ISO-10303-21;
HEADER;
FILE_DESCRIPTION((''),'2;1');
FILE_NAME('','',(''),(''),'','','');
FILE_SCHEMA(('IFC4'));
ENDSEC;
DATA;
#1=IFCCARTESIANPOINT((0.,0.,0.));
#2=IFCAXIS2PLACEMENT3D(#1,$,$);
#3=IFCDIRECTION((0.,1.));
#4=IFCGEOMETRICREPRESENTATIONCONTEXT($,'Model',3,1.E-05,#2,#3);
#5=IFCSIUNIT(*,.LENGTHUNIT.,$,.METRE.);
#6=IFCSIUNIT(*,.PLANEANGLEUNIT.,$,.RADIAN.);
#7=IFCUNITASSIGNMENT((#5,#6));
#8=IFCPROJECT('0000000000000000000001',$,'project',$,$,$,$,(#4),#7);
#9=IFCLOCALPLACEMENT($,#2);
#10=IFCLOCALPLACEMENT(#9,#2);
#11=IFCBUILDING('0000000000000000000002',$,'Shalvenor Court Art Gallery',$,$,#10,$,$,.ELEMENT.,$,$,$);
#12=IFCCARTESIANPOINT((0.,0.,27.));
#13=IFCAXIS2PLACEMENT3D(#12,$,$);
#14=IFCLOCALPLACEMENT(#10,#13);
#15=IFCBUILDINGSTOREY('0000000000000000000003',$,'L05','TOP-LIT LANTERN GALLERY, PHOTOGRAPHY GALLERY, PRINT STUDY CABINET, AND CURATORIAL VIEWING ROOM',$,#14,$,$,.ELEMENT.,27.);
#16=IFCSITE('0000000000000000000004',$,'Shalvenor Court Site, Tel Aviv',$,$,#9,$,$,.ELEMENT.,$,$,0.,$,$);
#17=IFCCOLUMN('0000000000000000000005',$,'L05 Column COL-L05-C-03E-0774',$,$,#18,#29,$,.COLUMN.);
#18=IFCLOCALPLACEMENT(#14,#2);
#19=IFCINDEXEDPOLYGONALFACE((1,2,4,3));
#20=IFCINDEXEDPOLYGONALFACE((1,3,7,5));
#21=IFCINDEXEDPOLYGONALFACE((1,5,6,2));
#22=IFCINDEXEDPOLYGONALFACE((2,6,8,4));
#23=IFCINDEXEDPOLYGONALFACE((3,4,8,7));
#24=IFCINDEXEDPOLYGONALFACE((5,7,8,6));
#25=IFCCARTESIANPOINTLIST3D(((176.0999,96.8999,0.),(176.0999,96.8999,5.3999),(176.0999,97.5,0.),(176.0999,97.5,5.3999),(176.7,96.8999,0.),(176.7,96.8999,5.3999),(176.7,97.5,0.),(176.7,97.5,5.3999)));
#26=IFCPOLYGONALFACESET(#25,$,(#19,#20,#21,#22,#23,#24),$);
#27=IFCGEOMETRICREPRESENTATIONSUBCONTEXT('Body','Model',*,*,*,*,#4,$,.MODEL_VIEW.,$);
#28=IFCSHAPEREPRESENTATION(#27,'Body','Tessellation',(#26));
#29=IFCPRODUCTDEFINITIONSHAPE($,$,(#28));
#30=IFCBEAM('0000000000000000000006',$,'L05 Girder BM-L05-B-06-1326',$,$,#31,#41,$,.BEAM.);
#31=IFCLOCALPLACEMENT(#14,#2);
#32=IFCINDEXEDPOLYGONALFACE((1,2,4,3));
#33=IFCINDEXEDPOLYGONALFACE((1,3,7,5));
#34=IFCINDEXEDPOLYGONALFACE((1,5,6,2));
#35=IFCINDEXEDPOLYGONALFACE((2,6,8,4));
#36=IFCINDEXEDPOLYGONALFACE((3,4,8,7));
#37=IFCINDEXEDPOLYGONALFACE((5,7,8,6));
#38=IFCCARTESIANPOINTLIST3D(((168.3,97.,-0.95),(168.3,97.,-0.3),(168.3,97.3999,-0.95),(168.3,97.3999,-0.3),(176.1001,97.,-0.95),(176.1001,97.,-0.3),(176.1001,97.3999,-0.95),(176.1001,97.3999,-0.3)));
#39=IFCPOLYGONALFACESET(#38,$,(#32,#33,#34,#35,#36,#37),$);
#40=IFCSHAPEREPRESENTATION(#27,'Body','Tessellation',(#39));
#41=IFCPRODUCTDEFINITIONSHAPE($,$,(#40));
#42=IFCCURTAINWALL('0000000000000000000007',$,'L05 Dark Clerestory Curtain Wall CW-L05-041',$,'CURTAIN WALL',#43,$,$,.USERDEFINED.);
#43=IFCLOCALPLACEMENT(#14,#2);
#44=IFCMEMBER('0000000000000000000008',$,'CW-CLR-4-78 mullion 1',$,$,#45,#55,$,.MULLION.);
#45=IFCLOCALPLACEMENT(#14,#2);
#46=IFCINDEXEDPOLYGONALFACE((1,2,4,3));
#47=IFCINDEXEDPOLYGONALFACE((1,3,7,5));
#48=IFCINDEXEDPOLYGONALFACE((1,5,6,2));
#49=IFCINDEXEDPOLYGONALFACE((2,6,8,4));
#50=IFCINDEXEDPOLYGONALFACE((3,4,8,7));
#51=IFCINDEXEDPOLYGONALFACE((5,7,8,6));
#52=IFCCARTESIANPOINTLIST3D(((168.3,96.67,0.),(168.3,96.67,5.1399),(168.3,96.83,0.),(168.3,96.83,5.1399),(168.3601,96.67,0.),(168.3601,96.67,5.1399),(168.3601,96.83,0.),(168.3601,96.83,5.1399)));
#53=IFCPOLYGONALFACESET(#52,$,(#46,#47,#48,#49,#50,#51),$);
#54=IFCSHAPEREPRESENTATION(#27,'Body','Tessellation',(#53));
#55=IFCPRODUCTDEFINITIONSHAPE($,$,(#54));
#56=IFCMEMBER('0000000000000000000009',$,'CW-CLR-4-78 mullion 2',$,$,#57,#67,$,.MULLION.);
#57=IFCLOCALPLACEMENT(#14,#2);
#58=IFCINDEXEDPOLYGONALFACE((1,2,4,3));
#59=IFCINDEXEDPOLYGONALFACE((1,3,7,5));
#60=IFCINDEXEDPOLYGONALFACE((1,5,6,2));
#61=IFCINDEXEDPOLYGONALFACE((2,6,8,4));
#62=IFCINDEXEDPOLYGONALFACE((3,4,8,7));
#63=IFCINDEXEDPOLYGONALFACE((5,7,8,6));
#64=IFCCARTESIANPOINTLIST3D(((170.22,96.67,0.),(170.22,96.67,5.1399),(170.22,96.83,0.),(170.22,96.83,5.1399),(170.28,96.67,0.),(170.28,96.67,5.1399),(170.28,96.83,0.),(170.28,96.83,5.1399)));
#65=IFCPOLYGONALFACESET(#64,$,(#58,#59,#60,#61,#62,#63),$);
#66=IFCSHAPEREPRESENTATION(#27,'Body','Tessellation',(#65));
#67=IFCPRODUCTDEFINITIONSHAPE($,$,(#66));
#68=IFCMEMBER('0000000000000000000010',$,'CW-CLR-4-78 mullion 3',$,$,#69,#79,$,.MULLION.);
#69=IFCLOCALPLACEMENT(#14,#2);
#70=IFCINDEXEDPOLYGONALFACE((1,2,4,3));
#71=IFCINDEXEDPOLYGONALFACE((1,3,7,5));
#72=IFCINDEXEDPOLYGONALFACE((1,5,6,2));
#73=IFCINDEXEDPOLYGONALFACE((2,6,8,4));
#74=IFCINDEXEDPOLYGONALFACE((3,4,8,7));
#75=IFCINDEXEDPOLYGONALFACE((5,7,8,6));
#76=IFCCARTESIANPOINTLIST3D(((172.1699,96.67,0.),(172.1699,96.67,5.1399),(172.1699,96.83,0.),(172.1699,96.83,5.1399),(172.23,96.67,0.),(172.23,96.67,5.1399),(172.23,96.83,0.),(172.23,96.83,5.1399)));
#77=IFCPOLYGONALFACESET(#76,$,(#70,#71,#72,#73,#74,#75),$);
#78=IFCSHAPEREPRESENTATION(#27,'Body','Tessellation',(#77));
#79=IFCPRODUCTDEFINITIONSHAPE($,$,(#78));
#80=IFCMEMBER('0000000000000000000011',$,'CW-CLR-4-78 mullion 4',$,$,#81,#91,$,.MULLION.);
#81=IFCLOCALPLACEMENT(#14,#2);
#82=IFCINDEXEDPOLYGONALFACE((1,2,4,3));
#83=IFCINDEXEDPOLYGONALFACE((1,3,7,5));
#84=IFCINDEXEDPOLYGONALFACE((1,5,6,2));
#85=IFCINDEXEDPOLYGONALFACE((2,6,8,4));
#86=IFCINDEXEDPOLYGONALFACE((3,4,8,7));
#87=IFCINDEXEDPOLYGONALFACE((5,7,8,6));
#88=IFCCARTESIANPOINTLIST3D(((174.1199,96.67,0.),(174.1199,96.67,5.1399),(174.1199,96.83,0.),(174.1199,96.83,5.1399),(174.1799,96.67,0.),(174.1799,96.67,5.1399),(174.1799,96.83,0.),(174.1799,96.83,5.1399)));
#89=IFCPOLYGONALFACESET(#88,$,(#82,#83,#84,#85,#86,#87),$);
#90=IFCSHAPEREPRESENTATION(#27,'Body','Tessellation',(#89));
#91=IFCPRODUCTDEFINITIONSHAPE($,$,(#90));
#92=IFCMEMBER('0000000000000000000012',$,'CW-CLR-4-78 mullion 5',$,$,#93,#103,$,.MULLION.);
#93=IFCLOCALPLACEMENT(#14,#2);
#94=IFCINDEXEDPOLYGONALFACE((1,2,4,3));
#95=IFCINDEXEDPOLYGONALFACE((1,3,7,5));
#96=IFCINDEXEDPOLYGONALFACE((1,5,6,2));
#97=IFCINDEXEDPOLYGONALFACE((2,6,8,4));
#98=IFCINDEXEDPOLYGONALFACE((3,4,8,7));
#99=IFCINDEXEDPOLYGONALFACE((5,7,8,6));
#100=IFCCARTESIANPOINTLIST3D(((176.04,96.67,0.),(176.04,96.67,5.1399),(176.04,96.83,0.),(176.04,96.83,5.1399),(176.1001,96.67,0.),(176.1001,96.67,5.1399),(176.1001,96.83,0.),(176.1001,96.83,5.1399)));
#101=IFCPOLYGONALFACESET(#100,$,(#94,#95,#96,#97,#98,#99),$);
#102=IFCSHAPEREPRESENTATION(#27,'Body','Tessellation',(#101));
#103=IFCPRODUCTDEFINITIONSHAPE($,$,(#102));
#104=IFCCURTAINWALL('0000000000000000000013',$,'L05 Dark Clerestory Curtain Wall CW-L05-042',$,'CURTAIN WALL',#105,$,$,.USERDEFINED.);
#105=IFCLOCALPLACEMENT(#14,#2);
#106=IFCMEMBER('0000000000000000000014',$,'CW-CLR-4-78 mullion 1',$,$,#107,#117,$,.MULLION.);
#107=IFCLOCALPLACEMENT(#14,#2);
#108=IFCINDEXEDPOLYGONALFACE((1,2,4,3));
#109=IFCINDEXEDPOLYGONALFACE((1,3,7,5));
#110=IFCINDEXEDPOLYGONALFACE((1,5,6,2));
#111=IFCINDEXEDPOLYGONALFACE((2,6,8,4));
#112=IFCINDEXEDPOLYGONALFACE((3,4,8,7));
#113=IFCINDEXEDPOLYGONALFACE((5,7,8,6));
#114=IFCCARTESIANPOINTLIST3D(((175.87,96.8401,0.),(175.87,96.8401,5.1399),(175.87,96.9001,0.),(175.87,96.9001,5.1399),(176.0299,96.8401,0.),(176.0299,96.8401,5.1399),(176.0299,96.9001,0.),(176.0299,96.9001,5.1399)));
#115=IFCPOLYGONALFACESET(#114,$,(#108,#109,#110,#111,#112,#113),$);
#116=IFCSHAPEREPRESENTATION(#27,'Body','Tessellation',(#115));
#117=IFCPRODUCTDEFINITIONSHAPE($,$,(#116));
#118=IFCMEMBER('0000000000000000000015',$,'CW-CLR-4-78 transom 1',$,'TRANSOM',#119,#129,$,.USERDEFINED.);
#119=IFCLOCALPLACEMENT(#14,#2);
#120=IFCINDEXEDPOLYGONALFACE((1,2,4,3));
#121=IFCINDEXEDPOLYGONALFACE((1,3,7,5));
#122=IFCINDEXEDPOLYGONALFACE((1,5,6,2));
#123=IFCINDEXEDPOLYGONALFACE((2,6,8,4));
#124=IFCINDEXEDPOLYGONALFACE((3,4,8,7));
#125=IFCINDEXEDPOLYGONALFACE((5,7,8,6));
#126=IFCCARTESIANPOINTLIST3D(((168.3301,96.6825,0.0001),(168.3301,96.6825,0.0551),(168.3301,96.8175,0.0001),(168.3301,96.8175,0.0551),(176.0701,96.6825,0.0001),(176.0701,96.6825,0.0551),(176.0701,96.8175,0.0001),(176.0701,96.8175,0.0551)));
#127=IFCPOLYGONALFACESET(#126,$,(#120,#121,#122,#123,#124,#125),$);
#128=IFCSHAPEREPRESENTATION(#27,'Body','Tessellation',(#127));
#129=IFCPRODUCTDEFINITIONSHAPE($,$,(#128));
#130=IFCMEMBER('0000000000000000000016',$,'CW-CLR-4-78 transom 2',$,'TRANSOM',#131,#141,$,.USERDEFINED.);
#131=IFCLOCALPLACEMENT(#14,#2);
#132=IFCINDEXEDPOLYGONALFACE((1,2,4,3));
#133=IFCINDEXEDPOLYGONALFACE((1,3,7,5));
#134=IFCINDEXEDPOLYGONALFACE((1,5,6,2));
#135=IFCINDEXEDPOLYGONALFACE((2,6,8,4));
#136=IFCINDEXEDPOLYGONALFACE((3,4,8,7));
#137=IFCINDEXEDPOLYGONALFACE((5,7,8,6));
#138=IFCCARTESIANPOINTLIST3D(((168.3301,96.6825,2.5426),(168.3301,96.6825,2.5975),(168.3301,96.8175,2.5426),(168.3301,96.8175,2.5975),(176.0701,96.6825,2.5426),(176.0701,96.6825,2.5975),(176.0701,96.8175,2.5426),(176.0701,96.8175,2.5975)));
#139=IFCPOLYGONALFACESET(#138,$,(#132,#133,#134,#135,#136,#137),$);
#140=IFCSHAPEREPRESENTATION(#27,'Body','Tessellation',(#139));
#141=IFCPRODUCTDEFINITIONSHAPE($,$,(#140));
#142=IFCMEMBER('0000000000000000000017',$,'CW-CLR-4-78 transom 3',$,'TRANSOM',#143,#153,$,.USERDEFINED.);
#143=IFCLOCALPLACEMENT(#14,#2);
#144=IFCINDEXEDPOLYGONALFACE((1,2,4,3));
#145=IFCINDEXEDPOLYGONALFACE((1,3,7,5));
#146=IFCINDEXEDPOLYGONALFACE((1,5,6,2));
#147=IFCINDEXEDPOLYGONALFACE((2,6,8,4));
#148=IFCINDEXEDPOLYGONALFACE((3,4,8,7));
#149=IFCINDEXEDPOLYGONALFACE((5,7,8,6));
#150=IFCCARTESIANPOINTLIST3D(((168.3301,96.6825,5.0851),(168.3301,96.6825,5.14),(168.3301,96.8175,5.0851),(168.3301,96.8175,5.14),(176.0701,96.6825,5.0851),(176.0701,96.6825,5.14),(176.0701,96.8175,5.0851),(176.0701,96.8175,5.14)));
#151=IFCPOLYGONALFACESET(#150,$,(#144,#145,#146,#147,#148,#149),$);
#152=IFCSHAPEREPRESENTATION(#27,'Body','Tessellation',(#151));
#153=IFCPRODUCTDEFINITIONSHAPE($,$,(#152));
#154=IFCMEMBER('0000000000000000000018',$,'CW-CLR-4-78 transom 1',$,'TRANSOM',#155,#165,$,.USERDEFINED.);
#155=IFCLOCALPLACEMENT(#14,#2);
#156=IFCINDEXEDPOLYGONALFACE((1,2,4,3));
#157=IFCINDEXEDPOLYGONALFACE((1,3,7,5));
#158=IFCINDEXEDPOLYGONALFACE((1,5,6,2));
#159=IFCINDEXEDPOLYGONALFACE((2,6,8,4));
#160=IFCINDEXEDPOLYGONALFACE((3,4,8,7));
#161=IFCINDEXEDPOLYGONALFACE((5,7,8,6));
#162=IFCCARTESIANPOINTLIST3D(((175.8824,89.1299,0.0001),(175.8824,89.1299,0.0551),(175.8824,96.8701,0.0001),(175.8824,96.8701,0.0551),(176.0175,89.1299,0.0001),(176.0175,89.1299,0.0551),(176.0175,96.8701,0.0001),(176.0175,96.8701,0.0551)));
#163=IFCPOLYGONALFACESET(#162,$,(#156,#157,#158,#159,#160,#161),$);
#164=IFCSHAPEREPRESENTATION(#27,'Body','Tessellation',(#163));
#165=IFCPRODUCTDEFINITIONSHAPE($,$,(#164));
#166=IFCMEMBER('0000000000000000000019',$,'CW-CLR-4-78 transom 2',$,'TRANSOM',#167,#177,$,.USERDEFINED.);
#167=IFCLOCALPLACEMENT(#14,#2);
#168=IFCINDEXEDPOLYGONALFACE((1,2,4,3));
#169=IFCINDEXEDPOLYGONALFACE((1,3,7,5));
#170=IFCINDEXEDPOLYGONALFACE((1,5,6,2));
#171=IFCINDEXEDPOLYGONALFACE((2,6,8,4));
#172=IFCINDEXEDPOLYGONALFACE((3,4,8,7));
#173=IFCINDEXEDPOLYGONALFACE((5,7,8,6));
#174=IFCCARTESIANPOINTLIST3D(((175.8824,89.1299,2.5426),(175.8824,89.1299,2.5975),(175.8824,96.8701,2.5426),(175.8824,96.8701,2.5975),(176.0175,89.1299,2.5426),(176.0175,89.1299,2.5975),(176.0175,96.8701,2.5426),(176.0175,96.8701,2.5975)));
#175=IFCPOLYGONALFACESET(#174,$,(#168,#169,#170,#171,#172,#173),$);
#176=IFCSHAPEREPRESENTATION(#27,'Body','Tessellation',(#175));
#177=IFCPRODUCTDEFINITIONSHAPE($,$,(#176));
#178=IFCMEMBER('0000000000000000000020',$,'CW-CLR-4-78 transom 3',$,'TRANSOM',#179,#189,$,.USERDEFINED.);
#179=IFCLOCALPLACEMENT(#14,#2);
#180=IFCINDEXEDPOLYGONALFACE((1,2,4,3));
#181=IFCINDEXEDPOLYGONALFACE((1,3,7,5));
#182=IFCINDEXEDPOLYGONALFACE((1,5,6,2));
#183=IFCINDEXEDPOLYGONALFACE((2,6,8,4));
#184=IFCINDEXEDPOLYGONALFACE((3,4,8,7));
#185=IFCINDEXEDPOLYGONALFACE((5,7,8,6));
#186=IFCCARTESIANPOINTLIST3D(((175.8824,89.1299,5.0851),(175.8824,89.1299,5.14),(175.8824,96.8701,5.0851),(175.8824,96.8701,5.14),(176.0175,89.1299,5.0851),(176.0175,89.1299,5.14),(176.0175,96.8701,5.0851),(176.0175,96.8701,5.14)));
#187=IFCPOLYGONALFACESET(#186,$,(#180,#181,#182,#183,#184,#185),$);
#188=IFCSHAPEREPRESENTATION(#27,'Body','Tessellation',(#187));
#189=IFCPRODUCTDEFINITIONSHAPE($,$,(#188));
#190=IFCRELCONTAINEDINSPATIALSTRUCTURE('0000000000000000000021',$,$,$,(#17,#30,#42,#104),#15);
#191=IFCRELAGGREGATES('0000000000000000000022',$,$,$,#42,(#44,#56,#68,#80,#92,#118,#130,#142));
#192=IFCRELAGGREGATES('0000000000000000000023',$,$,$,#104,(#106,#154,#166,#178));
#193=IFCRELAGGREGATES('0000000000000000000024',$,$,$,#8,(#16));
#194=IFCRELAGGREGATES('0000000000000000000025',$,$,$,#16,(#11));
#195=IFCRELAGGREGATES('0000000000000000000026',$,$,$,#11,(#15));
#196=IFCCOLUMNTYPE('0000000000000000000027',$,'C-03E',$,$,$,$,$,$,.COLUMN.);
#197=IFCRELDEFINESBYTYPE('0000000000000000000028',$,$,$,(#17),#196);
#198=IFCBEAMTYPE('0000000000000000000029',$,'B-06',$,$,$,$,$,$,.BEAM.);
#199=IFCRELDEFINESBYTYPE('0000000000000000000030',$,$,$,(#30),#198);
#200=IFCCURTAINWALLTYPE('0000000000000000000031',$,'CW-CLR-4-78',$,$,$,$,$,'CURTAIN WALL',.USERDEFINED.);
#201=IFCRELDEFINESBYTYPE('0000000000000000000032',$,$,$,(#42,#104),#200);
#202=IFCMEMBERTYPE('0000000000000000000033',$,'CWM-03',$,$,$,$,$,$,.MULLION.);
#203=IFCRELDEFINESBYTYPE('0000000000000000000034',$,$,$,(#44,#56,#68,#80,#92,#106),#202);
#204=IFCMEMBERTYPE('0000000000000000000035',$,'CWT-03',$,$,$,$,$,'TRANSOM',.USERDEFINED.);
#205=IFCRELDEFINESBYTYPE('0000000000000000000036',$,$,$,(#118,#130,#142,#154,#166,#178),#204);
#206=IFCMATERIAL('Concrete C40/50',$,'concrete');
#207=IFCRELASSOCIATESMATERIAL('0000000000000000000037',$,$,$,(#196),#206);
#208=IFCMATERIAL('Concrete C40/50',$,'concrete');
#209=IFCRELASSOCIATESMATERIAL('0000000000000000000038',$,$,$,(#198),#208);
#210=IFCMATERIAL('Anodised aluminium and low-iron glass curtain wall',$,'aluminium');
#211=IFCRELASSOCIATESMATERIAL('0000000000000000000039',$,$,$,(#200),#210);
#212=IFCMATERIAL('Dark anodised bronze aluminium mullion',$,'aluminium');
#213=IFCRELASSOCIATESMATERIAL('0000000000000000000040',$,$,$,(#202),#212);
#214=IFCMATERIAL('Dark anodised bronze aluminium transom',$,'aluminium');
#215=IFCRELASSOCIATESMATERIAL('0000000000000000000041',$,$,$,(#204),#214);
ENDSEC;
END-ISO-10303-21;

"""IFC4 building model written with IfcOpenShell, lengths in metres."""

from ifc_helpers import new_model, si_unit, direction, frame, origin, origin_2d, place, context, subcontext, project, spatial, rectangle, extrude, material, material_profile, profile_set, type_object, element, aggregate, save


model = new_model("IFC4")

# Units and contexts
model_context = context("Model", 3, precision=1e-05, world=origin(), true_north=direction((0.0, 1.0)))
body_context = subcontext(model_context, "Body", "Model", "MODEL_VIEW")
ifc_project = project(units=[si_unit("LENGTHUNIT", "METRE"), si_unit("PLANEANGLEUNIT", "RADIAN")], contexts=[model_context])

# Site, building, storey
site_placement = place(None, origin())
site = spatial("IfcSite", under=ifc_project, at=site_placement, Name="Shalvenor Court Site, Tel Aviv", CompositionType="ELEMENT", RefElevation=0.0)
building_placement = place(site_placement, origin())
building = spatial("IfcBuilding", under=site, at=building_placement, Name="Shalvenor Court Art Gallery", CompositionType="ELEMENT")
storey_placement = place(building_placement, frame((0.0, 0.0, 27.0)))
storey = spatial("IfcBuildingStorey", under=building, at=storey_placement, Name="L05", Description="TOP-LIT LANTERN GALLERY, PHOTOGRAPHY GALLERY, PRINT STUDY CABINET, AND CURATORIAL VIEWING ROOM", CompositionType="ELEMENT", Elevation=27.0)

# Column
ifc_material_1 = material(Name="Concrete C40/50", Category="concrete")
ifc_material_profile_1 = material_profile(ifc_material_1, rectangle(XDim=0.6001, YDim=0.6001, at=origin_2d()), Name="RC 600x600")
ifc_profile_set_1 = profile_set([ifc_material_profile_1], Name="Concrete C40/50")
column_type = type_object("IfcColumnType", Name="C-03E", PredefinedType="COLUMN", material=ifc_profile_set_1)
column_placement = place(storey_placement, frame((176.3999, 97.2, 0.0), z_axis=(0.0, 0.0, 1.0), x_axis=(1.0, 0.0, 0.0)))
element("IfcColumn", 1, at=column_placement, inside=storey, type_object=column_type, Name="L05 Column COL-L05-C-03E-0774", PredefinedType="COLUMN", context=body_context, shape_type="SweptSolid", body=[
    extrude(rectangle(XDim=0.6001, YDim=0.6001, at=origin_2d()), origin(), (0.0, 0.0, 1.0), 5.3999),
])

# Beam
ifc_material_2 = material(Name="Concrete C40/50", Category="concrete")
ifc_material_profile_2 = material_profile(ifc_material_2, rectangle(XDim=0.3999, YDim=0.6499, at=origin_2d()), Name="RC 400x650")
ifc_profile_set_2 = profile_set([ifc_material_profile_2], Name="Concrete C40/50")
beam_type = type_object("IfcBeamType", Name="B-06", PredefinedType="BEAM", material=ifc_profile_set_2)
beam_placement = place(storey_placement, frame((168.3, 97.2, -0.625), z_axis=(1.0, 0.0, 0.0), x_axis=(0.0, 1.0, 0.0)))
element("IfcBeam", 2, at=beam_placement, inside=storey, type_object=beam_type, Name="L05 Girder BM-L05-B-06-1326", PredefinedType="BEAM", context=body_context, shape_type="SweptSolid", body=[
    extrude(rectangle(XDim=0.3999, YDim=0.6499, at=origin_2d()), origin(), (0.0, 0.0, 1.0), 7.8),
])

# Curtain wall, members
ifc_material_3 = material(Name="Anodised aluminium and low-iron glass curtain wall", Category="aluminium")
curtain_wall_type = type_object("IfcCurtainWallType", Name="CW-CLR-4-78", ElementType="CURTAIN WALL", PredefinedType="USERDEFINED", material=ifc_material_3)
curtain_wall_1_placement = place(storey_placement, origin())
curtain_wall_1 = element("IfcCurtainWall", 3, at=curtain_wall_1_placement, inside=storey, type_object=curtain_wall_type, Name="L05 Dark Clerestory Curtain Wall CW-L05-041", ObjectType="CURTAIN WALL", PredefinedType="USERDEFINED")
ifc_material_4 = material(Name="Dark anodised bronze aluminium mullion", Category="aluminium")
ifc_material_profile_3 = material_profile(ifc_material_4, rectangle(XDim=0.0601, YDim=0.1599, at=origin_2d()), Name="CWM-03")
ifc_profile_set_3 = profile_set([ifc_material_profile_3], Name="Dark anodised bronze aluminium mullion")
member_type_1 = type_object("IfcMemberType", Name="CWM-03", PredefinedType="MULLION", material=ifc_profile_set_3)
member_1_placement = place(storey_placement, frame((168.3301, 96.75, 0.0), z_axis=(0.0, 0.0, 1.0), x_axis=(1.0, 0.0, 0.0)))
member_1 = element("IfcMember", 4, at=member_1_placement, type_object=member_type_1, Name="CW-CLR-4-78 mullion 1", PredefinedType="MULLION", context=body_context, shape_type="SweptSolid", body=[
    extrude(rectangle(XDim=0.0601, YDim=0.1599, at=origin_2d()), origin(), (0.0, 0.0, 1.0), 5.1399),
])
member_2_placement = place(storey_placement, frame((170.25, 96.75, 0.0), z_axis=(0.0, 0.0, 1.0), x_axis=(1.0, 0.0, 0.0)))
member_2 = element("IfcMember", 5, at=member_2_placement, type_object=member_type_1, Name="CW-CLR-4-78 mullion 2", PredefinedType="MULLION", context=body_context, shape_type="SweptSolid", body=[
    extrude(rectangle(XDim=0.0601, YDim=0.1599, at=origin_2d()), origin(), (0.0, 0.0, 1.0), 5.1399),
])
member_3_placement = place(storey_placement, frame((172.2, 96.75, 0.0), z_axis=(0.0, 0.0, 1.0), x_axis=(1.0, 0.0, 0.0)))
member_3 = element("IfcMember", 6, at=member_3_placement, type_object=member_type_1, Name="CW-CLR-4-78 mullion 3", PredefinedType="MULLION", context=body_context, shape_type="SweptSolid", body=[
    extrude(rectangle(XDim=0.0601, YDim=0.1599, at=origin_2d()), origin(), (0.0, 0.0, 1.0), 5.1399),
])
member_4_placement = place(storey_placement, frame((174.1499, 96.75, 0.0), z_axis=(0.0, 0.0, 1.0), x_axis=(1.0, 0.0, 0.0)))
member_4 = element("IfcMember", 7, at=member_4_placement, type_object=member_type_1, Name="CW-CLR-4-78 mullion 4", PredefinedType="MULLION", context=body_context, shape_type="SweptSolid", body=[
    extrude(rectangle(XDim=0.0601, YDim=0.1599, at=origin_2d()), origin(), (0.0, 0.0, 1.0), 5.1399),
])
member_5_placement = place(storey_placement, frame((176.0701, 96.75, 0.0), z_axis=(0.0, 0.0, 1.0), x_axis=(1.0, 0.0, 0.0)))
member_5 = element("IfcMember", 8, at=member_5_placement, type_object=member_type_1, Name="CW-CLR-4-78 mullion 5", PredefinedType="MULLION", context=body_context, shape_type="SweptSolid", body=[
    extrude(rectangle(XDim=0.0601, YDim=0.1599, at=origin_2d()), origin(), (0.0, 0.0, 1.0), 5.1399),
])

# Curtain wall, member
curtain_wall_2_placement = place(storey_placement, origin())
curtain_wall_2 = element("IfcCurtainWall", 9, at=curtain_wall_2_placement, inside=storey, type_object=curtain_wall_type, Name="L05 Dark Clerestory Curtain Wall CW-L05-042", ObjectType="CURTAIN WALL", PredefinedType="USERDEFINED")
member_6_placement = place(storey_placement, frame((175.95, 96.8701, 0.0), z_axis=(0.0, 0.0, 1.0), x_axis=(0.0, -1.0, 0.0)))
member_6 = element("IfcMember", 10, at=member_6_placement, type_object=member_type_1, Name="CW-CLR-4-78 mullion 1", PredefinedType="MULLION", context=body_context, shape_type="SweptSolid", body=[
    extrude(rectangle(XDim=0.0601, YDim=0.1599, at=origin_2d()), origin(), (0.0, 0.0, 1.0), 5.1399),
])

# Members
ifc_material_5 = material(Name="Dark anodised bronze aluminium transom", Category="aluminium")
ifc_material_profile_4 = material_profile(ifc_material_5, rectangle(XDim=0.135, YDim=0.0549, at=origin_2d()), Name="CWT-03")
ifc_profile_set_4 = profile_set([ifc_material_profile_4], Name="Dark anodised bronze aluminium transom")
member_type_2 = type_object("IfcMemberType", Name="CWT-03", ElementType="TRANSOM", PredefinedType="USERDEFINED", material=ifc_profile_set_4)
member_7_placement = place(storey_placement, frame((168.3301, 96.75, 0.0276), z_axis=(1.0, 0.0, 0.0), x_axis=(0.0, 1.0, 0.0)))
member_7 = element("IfcMember", 11, at=member_7_placement, type_object=member_type_2, Name="CW-CLR-4-78 transom 1", ObjectType="TRANSOM", PredefinedType="USERDEFINED", context=body_context, shape_type="SweptSolid", body=[
    extrude(rectangle(XDim=0.135, YDim=0.0549, at=origin_2d()), origin(), (0.0, 0.0, 1.0), 7.74),
])
member_8_placement = place(storey_placement, frame((168.3301, 96.75, 2.5701), z_axis=(1.0, 0.0, 0.0), x_axis=(0.0, 1.0, 0.0)))
member_8 = element("IfcMember", 12, at=member_8_placement, type_object=member_type_2, Name="CW-CLR-4-78 transom 2", ObjectType="TRANSOM", PredefinedType="USERDEFINED", context=body_context, shape_type="SweptSolid", body=[
    extrude(rectangle(XDim=0.135, YDim=0.0549, at=origin_2d()), origin(), (0.0, 0.0, 1.0), 7.74),
])
member_9_placement = place(storey_placement, frame((168.3301, 96.75, 5.1125), z_axis=(1.0, 0.0, 0.0), x_axis=(0.0, 1.0, 0.0)))
member_9 = element("IfcMember", 13, at=member_9_placement, type_object=member_type_2, Name="CW-CLR-4-78 transom 3", ObjectType="TRANSOM", PredefinedType="USERDEFINED", context=body_context, shape_type="SweptSolid", body=[
    extrude(rectangle(XDim=0.135, YDim=0.0549, at=origin_2d()), origin(), (0.0, 0.0, 1.0), 7.74),
])
member_10_placement = place(storey_placement, frame((175.95, 96.8701, 0.0276), z_axis=(0.0, -1.0, 0.0), x_axis=(1.0, 0.0, 0.0)))
member_10 = element("IfcMember", 14, at=member_10_placement, type_object=member_type_2, Name="CW-CLR-4-78 transom 1", ObjectType="TRANSOM", PredefinedType="USERDEFINED", context=body_context, shape_type="SweptSolid", body=[
    extrude(rectangle(XDim=0.135, YDim=0.0549, at=origin_2d()), origin(), (0.0, 0.0, 1.0), 7.7402),
])
member_11_placement = place(storey_placement, frame((175.95, 96.8701, 2.5701), z_axis=(0.0, -1.0, 0.0), x_axis=(1.0, 0.0, 0.0)))
member_11 = element("IfcMember", 15, at=member_11_placement, type_object=member_type_2, Name="CW-CLR-4-78 transom 2", ObjectType="TRANSOM", PredefinedType="USERDEFINED", context=body_context, shape_type="SweptSolid", body=[
    extrude(rectangle(XDim=0.135, YDim=0.0549, at=origin_2d()), origin(), (0.0, 0.0, 1.0), 7.7402),
])
member_12_placement = place(storey_placement, frame((175.95, 96.8701, 5.1125), z_axis=(0.0, -1.0, 0.0), x_axis=(1.0, 0.0, 0.0)))
member_12 = element("IfcMember", 16, at=member_12_placement, type_object=member_type_2, Name="CW-CLR-4-78 transom 3", ObjectType="TRANSOM", PredefinedType="USERDEFINED", context=body_context, shape_type="SweptSolid", body=[
    extrude(rectangle(XDim=0.135, YDim=0.0549, at=origin_2d()), origin(), (0.0, 0.0, 1.0), 7.7402),
])

aggregate(curtain_wall_1, [member_1, member_2, member_3, member_4, member_5, member_7, member_8, member_9])
aggregate(curtain_wall_2, [member_6, member_10, member_11, member_12])

save(model, "model.ifc")
